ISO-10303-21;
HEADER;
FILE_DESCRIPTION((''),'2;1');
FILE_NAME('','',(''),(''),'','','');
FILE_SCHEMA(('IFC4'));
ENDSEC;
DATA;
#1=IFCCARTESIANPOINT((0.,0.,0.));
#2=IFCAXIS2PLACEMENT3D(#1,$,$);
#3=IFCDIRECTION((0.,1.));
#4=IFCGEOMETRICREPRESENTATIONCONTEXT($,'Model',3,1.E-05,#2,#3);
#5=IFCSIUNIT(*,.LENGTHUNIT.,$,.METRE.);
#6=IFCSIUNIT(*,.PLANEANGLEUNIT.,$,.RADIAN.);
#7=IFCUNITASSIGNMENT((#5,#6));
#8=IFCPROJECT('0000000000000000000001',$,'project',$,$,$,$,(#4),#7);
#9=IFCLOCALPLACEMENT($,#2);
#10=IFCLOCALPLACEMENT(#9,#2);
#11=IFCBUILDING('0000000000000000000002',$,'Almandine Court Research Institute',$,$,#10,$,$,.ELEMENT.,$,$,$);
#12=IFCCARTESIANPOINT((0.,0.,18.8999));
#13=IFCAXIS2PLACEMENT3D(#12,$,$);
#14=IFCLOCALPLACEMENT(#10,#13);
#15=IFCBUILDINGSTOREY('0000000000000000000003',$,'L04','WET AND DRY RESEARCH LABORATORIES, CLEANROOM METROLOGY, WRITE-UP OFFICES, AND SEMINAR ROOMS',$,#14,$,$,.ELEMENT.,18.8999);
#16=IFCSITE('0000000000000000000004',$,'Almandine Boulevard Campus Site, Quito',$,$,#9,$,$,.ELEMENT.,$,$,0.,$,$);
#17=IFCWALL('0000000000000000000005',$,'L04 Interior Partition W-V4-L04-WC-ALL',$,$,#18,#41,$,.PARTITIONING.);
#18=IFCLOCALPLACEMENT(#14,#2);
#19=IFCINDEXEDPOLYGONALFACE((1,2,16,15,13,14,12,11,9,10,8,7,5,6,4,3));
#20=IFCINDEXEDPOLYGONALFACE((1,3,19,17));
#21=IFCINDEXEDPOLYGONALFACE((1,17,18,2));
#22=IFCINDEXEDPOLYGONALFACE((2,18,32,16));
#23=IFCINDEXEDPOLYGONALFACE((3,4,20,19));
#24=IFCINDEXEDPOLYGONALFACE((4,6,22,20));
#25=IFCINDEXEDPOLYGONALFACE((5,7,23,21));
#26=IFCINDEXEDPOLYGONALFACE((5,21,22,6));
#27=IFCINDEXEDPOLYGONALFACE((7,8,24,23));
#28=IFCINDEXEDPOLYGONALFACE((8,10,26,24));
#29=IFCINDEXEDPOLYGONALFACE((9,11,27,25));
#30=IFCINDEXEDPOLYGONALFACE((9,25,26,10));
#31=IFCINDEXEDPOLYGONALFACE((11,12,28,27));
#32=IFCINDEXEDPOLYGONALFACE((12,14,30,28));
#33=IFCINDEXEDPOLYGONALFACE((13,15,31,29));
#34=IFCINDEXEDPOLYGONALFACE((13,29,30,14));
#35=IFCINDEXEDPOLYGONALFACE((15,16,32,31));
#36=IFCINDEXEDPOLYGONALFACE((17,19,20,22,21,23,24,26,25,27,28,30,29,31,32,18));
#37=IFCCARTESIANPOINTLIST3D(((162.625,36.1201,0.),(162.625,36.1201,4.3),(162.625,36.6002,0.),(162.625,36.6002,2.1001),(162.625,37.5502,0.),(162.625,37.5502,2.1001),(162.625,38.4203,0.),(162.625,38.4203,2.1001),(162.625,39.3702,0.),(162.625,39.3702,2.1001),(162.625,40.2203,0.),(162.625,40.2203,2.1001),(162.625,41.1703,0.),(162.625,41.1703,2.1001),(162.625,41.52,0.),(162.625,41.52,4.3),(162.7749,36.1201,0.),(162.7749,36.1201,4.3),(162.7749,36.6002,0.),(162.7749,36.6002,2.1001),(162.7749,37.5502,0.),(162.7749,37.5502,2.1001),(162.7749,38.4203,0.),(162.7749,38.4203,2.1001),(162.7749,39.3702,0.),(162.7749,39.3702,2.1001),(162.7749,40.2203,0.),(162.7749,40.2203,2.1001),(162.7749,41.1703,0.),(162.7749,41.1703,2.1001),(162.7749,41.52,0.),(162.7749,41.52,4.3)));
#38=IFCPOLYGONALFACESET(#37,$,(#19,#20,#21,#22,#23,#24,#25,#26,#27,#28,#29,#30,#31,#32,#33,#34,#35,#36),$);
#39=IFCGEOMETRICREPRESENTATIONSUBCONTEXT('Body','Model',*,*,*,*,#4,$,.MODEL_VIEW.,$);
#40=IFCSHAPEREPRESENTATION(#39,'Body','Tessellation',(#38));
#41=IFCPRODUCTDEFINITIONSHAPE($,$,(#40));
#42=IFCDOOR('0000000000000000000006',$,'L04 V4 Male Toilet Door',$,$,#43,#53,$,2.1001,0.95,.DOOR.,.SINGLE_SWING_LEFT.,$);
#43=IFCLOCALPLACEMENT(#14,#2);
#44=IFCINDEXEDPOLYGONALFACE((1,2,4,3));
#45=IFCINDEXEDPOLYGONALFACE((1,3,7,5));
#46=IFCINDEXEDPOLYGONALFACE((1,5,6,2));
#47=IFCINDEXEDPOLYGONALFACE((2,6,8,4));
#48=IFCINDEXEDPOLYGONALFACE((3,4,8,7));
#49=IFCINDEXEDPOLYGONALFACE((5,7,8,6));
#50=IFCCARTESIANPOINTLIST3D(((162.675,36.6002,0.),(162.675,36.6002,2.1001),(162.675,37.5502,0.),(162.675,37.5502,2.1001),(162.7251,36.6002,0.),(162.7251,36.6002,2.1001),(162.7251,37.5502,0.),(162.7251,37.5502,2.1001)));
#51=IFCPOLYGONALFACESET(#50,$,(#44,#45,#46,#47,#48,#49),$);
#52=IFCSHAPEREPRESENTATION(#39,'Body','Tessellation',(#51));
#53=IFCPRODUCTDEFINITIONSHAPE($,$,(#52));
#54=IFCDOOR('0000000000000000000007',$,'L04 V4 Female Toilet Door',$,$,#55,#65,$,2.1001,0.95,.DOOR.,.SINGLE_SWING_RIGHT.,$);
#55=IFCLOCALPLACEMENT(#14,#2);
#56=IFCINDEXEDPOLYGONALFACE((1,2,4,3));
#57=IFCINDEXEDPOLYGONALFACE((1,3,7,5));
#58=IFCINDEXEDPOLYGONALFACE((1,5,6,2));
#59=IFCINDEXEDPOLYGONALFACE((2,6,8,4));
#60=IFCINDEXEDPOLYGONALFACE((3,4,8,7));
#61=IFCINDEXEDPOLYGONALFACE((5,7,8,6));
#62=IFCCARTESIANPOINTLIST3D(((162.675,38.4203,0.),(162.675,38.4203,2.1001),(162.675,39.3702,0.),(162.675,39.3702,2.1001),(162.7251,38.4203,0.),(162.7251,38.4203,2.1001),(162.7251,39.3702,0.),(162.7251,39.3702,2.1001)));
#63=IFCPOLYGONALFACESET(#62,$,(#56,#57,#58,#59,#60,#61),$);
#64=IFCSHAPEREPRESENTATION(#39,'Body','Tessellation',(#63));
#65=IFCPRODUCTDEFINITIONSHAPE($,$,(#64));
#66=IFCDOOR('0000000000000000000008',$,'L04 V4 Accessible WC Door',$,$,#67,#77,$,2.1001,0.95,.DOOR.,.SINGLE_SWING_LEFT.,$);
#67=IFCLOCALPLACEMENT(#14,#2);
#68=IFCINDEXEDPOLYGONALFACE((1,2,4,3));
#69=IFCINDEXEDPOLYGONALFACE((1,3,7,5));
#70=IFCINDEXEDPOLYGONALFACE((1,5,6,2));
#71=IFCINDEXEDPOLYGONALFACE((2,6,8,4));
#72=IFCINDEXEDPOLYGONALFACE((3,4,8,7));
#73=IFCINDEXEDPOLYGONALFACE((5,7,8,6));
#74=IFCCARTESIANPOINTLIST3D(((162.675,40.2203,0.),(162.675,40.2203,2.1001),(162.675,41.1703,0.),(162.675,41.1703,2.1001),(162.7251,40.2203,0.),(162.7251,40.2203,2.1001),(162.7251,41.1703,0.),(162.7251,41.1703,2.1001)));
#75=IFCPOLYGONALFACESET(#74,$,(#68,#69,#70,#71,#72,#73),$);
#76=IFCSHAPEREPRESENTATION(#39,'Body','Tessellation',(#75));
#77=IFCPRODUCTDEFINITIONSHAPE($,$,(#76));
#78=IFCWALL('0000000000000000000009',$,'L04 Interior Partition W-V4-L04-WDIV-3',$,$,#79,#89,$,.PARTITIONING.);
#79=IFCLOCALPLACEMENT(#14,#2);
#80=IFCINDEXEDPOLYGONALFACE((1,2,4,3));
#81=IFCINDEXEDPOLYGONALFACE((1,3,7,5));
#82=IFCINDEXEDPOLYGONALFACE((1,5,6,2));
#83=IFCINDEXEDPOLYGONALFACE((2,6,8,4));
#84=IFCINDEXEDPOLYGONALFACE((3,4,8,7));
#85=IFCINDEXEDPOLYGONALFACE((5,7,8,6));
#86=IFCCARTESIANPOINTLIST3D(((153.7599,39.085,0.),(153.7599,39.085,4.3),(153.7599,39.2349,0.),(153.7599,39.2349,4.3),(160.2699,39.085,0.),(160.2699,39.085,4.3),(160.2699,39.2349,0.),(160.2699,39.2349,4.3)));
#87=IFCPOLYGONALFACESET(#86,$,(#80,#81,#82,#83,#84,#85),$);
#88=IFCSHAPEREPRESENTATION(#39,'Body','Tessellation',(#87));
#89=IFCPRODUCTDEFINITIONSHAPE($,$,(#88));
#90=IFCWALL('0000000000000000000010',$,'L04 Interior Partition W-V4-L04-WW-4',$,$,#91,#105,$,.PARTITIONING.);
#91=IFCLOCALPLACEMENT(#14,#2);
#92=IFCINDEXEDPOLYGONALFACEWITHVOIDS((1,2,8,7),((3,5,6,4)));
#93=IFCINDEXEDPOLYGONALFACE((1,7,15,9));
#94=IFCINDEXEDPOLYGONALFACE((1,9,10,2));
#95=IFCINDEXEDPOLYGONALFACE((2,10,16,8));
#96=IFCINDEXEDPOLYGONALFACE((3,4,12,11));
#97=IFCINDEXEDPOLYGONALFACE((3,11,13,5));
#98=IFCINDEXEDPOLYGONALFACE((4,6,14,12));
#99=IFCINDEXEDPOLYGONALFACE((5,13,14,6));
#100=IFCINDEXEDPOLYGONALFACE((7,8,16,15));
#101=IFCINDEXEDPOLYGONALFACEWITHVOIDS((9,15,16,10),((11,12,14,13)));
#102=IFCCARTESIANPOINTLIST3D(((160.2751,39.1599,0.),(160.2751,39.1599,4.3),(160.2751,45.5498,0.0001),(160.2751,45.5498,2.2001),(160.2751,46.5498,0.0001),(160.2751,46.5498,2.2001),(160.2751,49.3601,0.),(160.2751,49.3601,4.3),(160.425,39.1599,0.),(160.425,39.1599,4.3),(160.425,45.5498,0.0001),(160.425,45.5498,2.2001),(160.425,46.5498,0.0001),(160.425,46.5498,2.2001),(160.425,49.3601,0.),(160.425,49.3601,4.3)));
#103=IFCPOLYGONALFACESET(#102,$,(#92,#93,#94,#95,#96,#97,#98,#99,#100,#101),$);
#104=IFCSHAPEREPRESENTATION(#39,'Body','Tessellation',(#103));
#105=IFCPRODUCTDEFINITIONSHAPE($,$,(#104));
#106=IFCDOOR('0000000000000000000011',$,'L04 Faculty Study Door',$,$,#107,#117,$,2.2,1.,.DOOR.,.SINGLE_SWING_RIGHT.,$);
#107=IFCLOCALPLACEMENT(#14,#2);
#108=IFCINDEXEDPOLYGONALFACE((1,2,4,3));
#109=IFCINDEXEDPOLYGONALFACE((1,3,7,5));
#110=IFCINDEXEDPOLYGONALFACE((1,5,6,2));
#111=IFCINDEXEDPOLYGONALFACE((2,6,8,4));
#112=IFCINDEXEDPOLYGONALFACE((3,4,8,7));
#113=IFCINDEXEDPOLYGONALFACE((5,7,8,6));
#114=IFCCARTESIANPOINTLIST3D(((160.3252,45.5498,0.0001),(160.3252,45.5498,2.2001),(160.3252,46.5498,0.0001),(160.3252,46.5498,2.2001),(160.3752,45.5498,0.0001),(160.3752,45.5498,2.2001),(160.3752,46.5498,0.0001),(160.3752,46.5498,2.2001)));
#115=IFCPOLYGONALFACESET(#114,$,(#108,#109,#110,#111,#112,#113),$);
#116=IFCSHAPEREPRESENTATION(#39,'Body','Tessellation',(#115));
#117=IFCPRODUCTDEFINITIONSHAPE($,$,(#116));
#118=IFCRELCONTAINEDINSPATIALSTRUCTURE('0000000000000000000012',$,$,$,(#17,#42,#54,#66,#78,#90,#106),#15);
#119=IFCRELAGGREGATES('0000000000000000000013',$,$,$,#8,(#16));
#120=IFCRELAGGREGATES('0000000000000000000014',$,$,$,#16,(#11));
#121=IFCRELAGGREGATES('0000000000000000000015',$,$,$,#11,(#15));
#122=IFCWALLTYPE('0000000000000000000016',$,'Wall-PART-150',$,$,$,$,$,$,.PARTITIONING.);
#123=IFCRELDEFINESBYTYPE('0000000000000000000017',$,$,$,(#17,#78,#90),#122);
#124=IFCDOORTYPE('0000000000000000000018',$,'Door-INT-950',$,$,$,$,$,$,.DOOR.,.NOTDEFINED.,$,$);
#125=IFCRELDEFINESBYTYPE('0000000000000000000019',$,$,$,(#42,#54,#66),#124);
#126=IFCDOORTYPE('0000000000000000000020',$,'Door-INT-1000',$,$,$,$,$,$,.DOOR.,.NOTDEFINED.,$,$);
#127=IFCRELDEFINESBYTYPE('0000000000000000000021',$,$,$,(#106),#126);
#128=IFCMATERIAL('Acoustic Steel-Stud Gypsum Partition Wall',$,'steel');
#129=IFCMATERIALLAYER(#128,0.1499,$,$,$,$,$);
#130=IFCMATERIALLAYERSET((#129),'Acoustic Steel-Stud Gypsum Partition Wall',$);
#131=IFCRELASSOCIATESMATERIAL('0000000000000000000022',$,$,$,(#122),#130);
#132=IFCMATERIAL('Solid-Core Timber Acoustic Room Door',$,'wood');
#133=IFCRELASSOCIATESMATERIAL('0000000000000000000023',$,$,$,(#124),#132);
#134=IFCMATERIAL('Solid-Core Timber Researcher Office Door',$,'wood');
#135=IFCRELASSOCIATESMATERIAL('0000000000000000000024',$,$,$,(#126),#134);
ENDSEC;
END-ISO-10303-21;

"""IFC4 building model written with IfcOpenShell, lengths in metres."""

from ifc_helpers import new_model, si_unit, direction, frame, frame_2d, origin, place, context, subcontext, project, spatial, rectangle, extrude, material, layer, layer_set, type_object, element, fill, save


model = new_model("IFC4")

# Units and contexts
model_context = context("Model", 3, precision=1e-05, world=origin(), true_north=direction((0.0, 1.0)))
body_context = subcontext(model_context, "Body", "Model", "MODEL_VIEW")
ifc_project = project(units=[si_unit("LENGTHUNIT", "METRE"), si_unit("PLANEANGLEUNIT", "RADIAN")], contexts=[model_context])

# Site, building, storey
site_placement = place(None, origin())
site = spatial("IfcSite", under=ifc_project, at=site_placement, Name="Almandine Boulevard Campus Site, Quito", CompositionType="ELEMENT", RefElevation=0.0)
building_placement = place(site_placement, origin())
building = spatial("IfcBuilding", under=site, at=building_placement, Name="Almandine Court Research Institute", CompositionType="ELEMENT")
storey_placement = place(building_placement, frame((0.0, 0.0, 18.8999)))
storey = spatial("IfcBuildingStorey", under=building, at=storey_placement, Name="L04", Description="WET AND DRY RESEARCH LABORATORIES, CLEANROOM METROLOGY, WRITE-UP OFFICES, AND SEMINAR ROOMS", CompositionType="ELEMENT", Elevation=18.8999)

# Shared definitions
ifc_material_1 = material(Name="Acoustic Steel-Stud Gypsum Partition Wall", Category="steel")
ifc_layer_1 = layer(ifc_material_1, 0.1499)
ifc_layer_set_1 = layer_set([ifc_layer_1], Name="Acoustic Steel-Stud Gypsum Partition Wall")
wall_type_1 = type_object("IfcWallType", Name="Wall-PART-150", PredefinedType="PARTITIONING", material=ifc_layer_set_1)

# Wall, openings, doors
wall_1_placement = place(storey_placement, frame((162.7, 36.1201, 0.0), z_axis=(0.0, 0.0, 1.0), x_axis=(0.0, 1.0, 0.0)))
wall_1 = element("IfcWall", 1, at=wall_1_placement, inside=storey, type_object=wall_type_1, Name="L04 Interior Partition W-V4-L04-WC-ALL", PredefinedType="PARTITIONING", context=body_context, shape_type="SweptSolid", body=[
    extrude(rectangle(XDim=5.3999, YDim=0.1499, at=frame_2d((2.7, 0.0))), origin(), (0.0, 0.0, 1.0), 4.3),
])
opening_1_placement = place(wall_1_placement, frame((0.48, 0.0, 0.0)))
opening_1 = element("IfcOpeningElement", 2, at=opening_1_placement, cuts=wall_1, PredefinedType="OPENING", context=body_context, shape_type="SweptSolid", body=[
    extrude(rectangle(XDim=0.95, YDim=2.1001, at=frame_2d((0.4751, 1.05))), frame((0.0, 0.085, 0.0), z_axis=(0.0, -1.0, 0.0), x_axis=(1.0, 0.0, 0.0)), (0.0, 0.0, 1.0), 0.1699),
])
opening_2_placement = place(wall_1_placement, frame((2.3, 0.0, 0.0)))
opening_2 = element("IfcOpeningElement", 3, at=opening_2_placement, cuts=wall_1, PredefinedType="OPENING", context=body_context, shape_type="SweptSolid", body=[
    extrude(rectangle(XDim=0.95, YDim=2.1001, at=frame_2d((0.4751, 1.05))), frame((0.0, 0.085, 0.0), z_axis=(0.0, -1.0, 0.0), x_axis=(1.0, 0.0, 0.0)), (0.0, 0.0, 1.0), 0.1699),
])
opening_3_placement = place(wall_1_placement, frame((4.1001, 0.0, 0.0)))
opening_3 = element("IfcOpeningElement", 4, at=opening_3_placement, cuts=wall_1, PredefinedType="OPENING", context=body_context, shape_type="SweptSolid", body=[
    extrude(rectangle(XDim=0.95, YDim=2.1001, at=frame_2d((0.4751, 1.05))), frame((0.0, 0.085, 0.0), z_axis=(0.0, -1.0, 0.0), x_axis=(1.0, 0.0, 0.0)), (0.0, 0.0, 1.0), 0.1699),
])
ifc_material_2 = material(Name="Solid-Core Timber Acoustic Room Door", Category="wood")
door_type_1 = type_object("IfcDoorType", Name="Door-INT-950", OperationType="NOTDEFINED", PredefinedType="DOOR", material=ifc_material_2)
door_1_placement = place(opening_1_placement, origin())
door_1 = element("IfcDoor", 5, at=door_1_placement, inside=storey, type_object=door_type_1, Name="L04 V4 Male Toilet Door", OperationType="SINGLE_SWING_LEFT", OverallHeight=2.1001, OverallWidth=0.95, PredefinedType="DOOR", context=body_context, shape_type="SweptSolid", body=[
    extrude(rectangle(XDim=0.95, YDim=2.1001, at=frame_2d((0.4751, 1.05))), frame((0.0, 0.0249, 0.0), z_axis=(0.0, -1.0, 0.0), x_axis=(1.0, 0.0, 0.0)), (0.0, 0.0, 1.0), 0.05),
])
fill(opening_1, door_1)
door_2_placement = place(opening_2_placement, origin())
door_2 = element("IfcDoor", 6, at=door_2_placement, inside=storey, type_object=door_type_1, Name="L04 V4 Female Toilet Door", OperationType="SINGLE_SWING_RIGHT", OverallHeight=2.1001, OverallWidth=0.95, PredefinedType="DOOR", context=body_context, shape_type="SweptSolid", body=[
    extrude(rectangle(XDim=0.95, YDim=2.1001, at=frame_2d((0.4751, 1.05))), frame((0.0, 0.0249, 0.0), z_axis=(0.0, -1.0, 0.0), x_axis=(1.0, 0.0, 0.0)), (0.0, 0.0, 1.0), 0.05),
])
fill(opening_2, door_2)
door_3_placement = place(opening_3_placement, origin())
door_3 = element("IfcDoor", 7, at=door_3_placement, inside=storey, type_object=door_type_1, Name="L04 V4 Accessible WC Door", OperationType="SINGLE_SWING_LEFT", OverallHeight=2.1001, OverallWidth=0.95, PredefinedType="DOOR", context=body_context, shape_type="SweptSolid", body=[
    extrude(rectangle(XDim=0.95, YDim=2.1001, at=frame_2d((0.4751, 1.05))), frame((0.0, 0.0249, 0.0), z_axis=(0.0, -1.0, 0.0), x_axis=(1.0, 0.0, 0.0)), (0.0, 0.0, 1.0), 0.05),
])
fill(opening_3, door_3)

# Wall
wall_2_placement = place(storey_placement, frame((153.76, 39.1599, 0.0), z_axis=(0.0, 0.0, 1.0), x_axis=(1.0, 0.0, 0.0)))
element("IfcWall", 8, at=wall_2_placement, inside=storey, type_object=wall_type_1, Name="L04 Interior Partition W-V4-L04-WDIV-3", PredefinedType="PARTITIONING", context=body_context, shape_type="SweptSolid", body=[
    extrude(rectangle(XDim=6.51, YDim=0.1499, at=frame_2d((3.2549, 0.0))), origin(), (0.0, 0.0, 1.0), 4.3),
])

# Wall, opening, door
wall_3_placement = place(storey_placement, frame((160.3501, 39.1599, 0.0), z_axis=(0.0, 0.0, 1.0), x_axis=(0.0, 1.0, 0.0)))
wall_3 = element("IfcWall", 9, at=wall_3_placement, inside=storey, type_object=wall_type_1, Name="L04 Interior Partition W-V4-L04-WW-4", PredefinedType="PARTITIONING", context=body_context, shape_type="SweptSolid", body=[
    extrude(rectangle(XDim=10.2002, YDim=0.1499, at=frame_2d((5.1001, 0.0))), origin(), (0.0, 0.0, 1.0), 4.3),
])
opening_4_placement = place(wall_3_placement, frame((6.3899, 0.0, 0.0)))
opening_4 = element("IfcOpeningElement", 10, at=opening_4_placement, cuts=wall_3, PredefinedType="OPENING", context=body_context, shape_type="SweptSolid", body=[
    extrude(rectangle(XDim=1.0, YDim=2.2, at=frame_2d((0.5, 1.1001))), frame((0.0, 0.085, 0.0), z_axis=(0.0, -1.0, 0.0), x_axis=(1.0, 0.0, 0.0)), (0.0, 0.0, 1.0), 0.1699),
])
ifc_material_3 = material(Name="Solid-Core Timber Researcher Office Door", Category="wood")
door_type_2 = type_object("IfcDoorType", Name="Door-INT-1000", OperationType="NOTDEFINED", PredefinedType="DOOR", material=ifc_material_3)
door_4_placement = place(opening_4_placement, origin())
door_4 = element("IfcDoor", 11, at=door_4_placement, inside=storey, type_object=door_type_2, Name="L04 Faculty Study Door", OperationType="SINGLE_SWING_RIGHT", OverallHeight=2.2, OverallWidth=1.0, PredefinedType="DOOR", context=body_context, shape_type="SweptSolid", body=[
    extrude(rectangle(XDim=1.0, YDim=2.2, at=frame_2d((0.5, 1.1001))), frame((0.0, 0.0249, 0.0), z_axis=(0.0, -1.0, 0.0), x_axis=(1.0, 0.0, 0.0)), (0.0, 0.0, 1.0), 0.05),
])
fill(opening_4, door_4)

save(model, "model.ifc")
